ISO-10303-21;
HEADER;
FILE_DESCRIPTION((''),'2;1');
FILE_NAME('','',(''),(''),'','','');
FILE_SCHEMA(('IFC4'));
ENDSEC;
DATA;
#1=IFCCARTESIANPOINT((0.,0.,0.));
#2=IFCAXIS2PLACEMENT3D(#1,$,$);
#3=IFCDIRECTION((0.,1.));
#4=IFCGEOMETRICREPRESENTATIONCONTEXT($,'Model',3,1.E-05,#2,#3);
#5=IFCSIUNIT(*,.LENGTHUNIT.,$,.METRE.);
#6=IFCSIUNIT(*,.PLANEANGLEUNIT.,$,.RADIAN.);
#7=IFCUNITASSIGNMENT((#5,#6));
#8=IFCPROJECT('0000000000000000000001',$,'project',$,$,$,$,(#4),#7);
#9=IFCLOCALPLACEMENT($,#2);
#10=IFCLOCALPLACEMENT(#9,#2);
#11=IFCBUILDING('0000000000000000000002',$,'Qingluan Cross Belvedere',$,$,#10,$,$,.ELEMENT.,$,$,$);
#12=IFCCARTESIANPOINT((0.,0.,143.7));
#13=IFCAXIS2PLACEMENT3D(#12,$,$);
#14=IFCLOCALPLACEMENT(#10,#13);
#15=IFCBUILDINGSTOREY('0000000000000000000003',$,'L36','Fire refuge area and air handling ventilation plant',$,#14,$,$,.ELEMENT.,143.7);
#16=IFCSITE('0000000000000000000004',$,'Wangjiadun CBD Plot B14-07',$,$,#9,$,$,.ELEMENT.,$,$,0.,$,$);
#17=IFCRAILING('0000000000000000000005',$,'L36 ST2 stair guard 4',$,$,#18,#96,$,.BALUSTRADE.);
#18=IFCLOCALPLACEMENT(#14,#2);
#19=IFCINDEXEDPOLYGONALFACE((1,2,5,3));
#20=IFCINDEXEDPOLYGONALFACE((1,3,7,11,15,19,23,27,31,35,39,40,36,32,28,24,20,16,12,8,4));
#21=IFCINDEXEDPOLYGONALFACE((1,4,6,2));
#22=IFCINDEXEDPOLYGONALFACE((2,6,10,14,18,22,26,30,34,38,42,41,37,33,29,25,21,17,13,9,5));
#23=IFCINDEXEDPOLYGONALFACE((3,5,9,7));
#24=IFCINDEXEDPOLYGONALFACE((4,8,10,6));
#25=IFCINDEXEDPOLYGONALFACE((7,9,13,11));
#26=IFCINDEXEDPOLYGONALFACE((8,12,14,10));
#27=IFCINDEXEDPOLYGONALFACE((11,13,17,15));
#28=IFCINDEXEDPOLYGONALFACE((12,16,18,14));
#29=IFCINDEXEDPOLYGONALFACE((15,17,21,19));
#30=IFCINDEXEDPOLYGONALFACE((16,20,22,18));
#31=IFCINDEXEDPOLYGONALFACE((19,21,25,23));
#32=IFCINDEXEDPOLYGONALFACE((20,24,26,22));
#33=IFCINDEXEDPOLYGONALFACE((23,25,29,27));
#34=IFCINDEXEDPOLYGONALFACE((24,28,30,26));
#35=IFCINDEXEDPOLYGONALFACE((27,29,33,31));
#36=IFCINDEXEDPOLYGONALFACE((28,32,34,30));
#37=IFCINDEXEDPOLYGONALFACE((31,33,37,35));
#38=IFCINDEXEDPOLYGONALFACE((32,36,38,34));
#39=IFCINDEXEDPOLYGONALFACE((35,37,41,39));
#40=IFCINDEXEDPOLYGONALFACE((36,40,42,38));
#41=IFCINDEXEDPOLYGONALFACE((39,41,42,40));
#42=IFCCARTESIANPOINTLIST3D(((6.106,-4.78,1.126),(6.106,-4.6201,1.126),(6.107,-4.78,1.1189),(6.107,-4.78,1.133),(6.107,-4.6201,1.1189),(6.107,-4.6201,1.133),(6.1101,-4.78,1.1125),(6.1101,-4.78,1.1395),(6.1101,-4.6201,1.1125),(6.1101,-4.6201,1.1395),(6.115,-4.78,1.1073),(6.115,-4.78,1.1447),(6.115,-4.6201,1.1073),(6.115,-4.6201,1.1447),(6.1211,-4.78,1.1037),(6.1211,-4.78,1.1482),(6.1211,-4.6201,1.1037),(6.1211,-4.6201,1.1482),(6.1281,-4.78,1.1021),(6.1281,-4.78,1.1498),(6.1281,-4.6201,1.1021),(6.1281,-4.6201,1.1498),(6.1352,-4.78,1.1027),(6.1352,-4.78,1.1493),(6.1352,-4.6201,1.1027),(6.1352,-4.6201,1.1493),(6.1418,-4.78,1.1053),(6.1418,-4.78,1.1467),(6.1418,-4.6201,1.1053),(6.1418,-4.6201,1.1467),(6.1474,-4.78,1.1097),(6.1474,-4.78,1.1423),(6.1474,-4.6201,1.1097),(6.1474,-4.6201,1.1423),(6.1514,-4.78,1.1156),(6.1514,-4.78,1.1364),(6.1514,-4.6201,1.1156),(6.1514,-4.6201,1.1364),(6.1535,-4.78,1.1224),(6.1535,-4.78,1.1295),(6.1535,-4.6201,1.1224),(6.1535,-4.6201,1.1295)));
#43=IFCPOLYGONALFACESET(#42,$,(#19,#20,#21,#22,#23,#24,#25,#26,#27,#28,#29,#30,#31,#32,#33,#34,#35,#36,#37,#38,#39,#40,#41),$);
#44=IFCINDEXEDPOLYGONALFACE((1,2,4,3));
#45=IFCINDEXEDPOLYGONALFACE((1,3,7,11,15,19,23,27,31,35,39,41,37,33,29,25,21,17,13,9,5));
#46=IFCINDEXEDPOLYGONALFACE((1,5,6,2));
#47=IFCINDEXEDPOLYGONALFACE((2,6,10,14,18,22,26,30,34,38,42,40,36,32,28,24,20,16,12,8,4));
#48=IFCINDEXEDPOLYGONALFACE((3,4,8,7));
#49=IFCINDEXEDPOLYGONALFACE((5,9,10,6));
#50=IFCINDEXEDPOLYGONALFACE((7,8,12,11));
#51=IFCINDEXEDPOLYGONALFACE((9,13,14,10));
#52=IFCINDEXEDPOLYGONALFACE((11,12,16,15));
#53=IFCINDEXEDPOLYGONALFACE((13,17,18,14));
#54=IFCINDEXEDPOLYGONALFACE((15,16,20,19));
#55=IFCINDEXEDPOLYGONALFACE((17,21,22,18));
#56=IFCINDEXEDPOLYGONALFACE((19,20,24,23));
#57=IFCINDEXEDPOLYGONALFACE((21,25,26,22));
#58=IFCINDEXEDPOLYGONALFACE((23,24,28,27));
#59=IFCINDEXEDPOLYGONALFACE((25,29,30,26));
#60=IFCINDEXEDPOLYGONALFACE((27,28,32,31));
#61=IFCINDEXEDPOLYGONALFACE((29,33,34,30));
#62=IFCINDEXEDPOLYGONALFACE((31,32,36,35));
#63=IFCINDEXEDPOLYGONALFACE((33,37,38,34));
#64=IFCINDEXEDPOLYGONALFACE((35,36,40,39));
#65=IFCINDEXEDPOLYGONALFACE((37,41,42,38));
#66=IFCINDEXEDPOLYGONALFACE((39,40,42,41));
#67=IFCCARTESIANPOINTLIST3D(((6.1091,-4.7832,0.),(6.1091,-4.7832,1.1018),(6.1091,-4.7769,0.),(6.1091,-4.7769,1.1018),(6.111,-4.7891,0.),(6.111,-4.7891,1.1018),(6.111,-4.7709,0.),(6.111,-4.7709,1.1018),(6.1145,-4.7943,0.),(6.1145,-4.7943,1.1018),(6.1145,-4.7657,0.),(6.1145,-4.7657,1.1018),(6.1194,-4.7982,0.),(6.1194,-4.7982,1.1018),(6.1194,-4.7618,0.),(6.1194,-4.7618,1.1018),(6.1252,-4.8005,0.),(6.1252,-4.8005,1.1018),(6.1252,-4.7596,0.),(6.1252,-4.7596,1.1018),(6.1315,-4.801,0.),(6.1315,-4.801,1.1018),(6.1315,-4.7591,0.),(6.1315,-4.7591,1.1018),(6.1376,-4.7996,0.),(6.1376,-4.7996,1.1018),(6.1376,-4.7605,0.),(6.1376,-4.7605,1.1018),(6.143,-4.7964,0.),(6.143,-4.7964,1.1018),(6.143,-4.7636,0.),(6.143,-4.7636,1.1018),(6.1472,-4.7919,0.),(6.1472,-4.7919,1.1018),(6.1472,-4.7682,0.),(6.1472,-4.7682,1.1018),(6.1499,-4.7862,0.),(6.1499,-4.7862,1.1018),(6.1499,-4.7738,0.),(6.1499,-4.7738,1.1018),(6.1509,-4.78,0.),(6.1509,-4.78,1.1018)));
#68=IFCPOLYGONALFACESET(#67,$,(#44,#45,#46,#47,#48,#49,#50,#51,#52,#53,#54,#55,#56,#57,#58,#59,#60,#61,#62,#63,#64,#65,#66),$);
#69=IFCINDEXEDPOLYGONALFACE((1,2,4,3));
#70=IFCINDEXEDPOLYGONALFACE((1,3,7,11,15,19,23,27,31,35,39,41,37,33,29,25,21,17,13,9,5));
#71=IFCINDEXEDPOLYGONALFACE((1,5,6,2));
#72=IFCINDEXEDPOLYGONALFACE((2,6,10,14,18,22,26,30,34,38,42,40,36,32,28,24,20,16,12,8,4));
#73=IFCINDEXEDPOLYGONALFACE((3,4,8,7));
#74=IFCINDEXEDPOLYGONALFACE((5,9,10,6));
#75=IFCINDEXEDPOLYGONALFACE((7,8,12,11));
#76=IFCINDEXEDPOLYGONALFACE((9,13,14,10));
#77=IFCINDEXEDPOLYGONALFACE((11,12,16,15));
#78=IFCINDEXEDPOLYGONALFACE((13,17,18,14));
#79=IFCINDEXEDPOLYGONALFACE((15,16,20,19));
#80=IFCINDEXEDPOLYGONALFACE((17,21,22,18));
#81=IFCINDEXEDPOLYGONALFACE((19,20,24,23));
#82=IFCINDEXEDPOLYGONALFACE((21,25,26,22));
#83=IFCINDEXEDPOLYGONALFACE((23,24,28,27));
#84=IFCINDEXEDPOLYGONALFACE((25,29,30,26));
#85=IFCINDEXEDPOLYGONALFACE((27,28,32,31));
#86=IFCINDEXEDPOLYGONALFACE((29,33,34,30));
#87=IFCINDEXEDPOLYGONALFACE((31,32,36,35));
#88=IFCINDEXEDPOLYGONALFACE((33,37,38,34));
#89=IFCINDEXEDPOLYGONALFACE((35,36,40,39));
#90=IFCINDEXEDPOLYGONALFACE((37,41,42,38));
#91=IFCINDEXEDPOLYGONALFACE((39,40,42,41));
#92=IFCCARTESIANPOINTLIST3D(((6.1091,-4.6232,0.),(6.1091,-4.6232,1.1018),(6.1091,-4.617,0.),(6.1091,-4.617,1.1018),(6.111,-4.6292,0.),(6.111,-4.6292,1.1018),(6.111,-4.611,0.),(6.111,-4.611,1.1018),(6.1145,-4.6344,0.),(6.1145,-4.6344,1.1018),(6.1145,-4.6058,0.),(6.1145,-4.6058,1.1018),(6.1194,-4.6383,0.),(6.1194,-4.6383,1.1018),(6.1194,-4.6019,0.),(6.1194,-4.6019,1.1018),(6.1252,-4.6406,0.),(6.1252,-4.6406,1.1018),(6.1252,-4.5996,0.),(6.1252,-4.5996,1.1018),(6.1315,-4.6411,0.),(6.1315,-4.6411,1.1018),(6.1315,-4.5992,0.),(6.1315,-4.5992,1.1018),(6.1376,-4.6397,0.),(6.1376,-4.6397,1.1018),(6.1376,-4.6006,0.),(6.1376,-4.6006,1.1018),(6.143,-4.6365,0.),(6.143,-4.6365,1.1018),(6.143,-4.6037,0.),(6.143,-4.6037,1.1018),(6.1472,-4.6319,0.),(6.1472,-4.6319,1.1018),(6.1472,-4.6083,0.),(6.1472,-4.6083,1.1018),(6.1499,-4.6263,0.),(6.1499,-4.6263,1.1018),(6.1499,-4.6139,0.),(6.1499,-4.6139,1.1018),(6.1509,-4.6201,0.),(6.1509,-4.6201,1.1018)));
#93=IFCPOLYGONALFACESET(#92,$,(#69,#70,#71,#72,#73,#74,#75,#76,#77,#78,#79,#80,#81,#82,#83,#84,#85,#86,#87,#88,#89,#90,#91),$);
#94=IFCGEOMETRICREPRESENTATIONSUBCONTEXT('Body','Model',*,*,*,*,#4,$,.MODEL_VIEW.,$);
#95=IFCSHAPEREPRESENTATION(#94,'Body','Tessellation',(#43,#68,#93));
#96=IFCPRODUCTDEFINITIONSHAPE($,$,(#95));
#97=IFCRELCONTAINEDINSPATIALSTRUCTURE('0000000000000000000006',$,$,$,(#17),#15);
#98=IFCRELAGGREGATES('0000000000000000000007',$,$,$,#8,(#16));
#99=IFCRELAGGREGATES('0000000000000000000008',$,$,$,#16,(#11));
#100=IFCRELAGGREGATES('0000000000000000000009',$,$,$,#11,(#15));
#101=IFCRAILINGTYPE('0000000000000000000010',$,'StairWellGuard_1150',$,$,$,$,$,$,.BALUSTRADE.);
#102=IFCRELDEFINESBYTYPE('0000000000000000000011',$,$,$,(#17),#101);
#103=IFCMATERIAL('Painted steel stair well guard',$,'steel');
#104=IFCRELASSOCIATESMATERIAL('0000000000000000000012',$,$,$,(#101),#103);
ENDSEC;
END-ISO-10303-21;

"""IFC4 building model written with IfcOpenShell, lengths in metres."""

from ifc_helpers import new_model, si_unit, direction, frame, origin, origin_2d, place, context, subcontext, project, spatial, circle, extrude, material, type_object, element, save


model = new_model("IFC4")

# Units and contexts
model_context = context("Model", 3, precision=1e-05, world=origin(), true_north=direction((0.0, 1.0)))
body_context = subcontext(model_context, "Body", "Model", "MODEL_VIEW")
ifc_project = project(units=[si_unit("LENGTHUNIT", "METRE"), si_unit("PLANEANGLEUNIT", "RADIAN")], contexts=[model_context])

# Site, building, storey
site_placement = place(None, origin())
site = spatial("IfcSite", under=ifc_project, at=site_placement, Name="Wangjiadun CBD Plot B14-07", CompositionType="ELEMENT", RefElevation=0.0)
building_placement = place(site_placement, origin())
building = spatial("IfcBuilding", under=site, at=building_placement, Name="Qingluan Cross Belvedere", CompositionType="ELEMENT")
storey_placement = place(building_placement, frame((0.0, 0.0, 143.7)))
storey = spatial("IfcBuildingStorey", under=building, at=storey_placement, Name="L36", Description="Fire refuge area and air handling ventilation plant", CompositionType="ELEMENT", Elevation=143.7)

# Railing
ifc_material_1 = material(Name="Painted steel stair well guard", Category="steel")
railing_type_1 = type_object("IfcRailingType", Name="StairWellGuard_1150", PredefinedType="BALUSTRADE", material=ifc_material_1)
railing_1_placement = place(storey_placement, frame((6.1299, -4.78, 0.0)))
element("IfcRailing", 1, at=railing_1_placement, inside=storey, type_object=railing_type_1, Name="L36 ST2 stair guard 4", PredefinedType="BALUSTRADE", context=body_context, shape_type="SweptSolid", body=[
    extrude(circle(Radius=0.0239, at=origin_2d()), frame((0.0, 0.0, 1.126), z_axis=(0.0, 1.0, 0.0), x_axis=(-1.0, 0.0, 0.0)), (0.0, 0.0, 1.0), 0.1599),
    extrude(circle(Radius=0.021, at=origin_2d()), origin(), (0.0, 0.0, 1.0), 1.1018),
    extrude(circle(Radius=0.021, at=origin_2d()), frame((0.0, 0.1599, 0.0)), (0.0, 0.0, 1.0), 1.1018),
])

save(model, "model.ifc")
